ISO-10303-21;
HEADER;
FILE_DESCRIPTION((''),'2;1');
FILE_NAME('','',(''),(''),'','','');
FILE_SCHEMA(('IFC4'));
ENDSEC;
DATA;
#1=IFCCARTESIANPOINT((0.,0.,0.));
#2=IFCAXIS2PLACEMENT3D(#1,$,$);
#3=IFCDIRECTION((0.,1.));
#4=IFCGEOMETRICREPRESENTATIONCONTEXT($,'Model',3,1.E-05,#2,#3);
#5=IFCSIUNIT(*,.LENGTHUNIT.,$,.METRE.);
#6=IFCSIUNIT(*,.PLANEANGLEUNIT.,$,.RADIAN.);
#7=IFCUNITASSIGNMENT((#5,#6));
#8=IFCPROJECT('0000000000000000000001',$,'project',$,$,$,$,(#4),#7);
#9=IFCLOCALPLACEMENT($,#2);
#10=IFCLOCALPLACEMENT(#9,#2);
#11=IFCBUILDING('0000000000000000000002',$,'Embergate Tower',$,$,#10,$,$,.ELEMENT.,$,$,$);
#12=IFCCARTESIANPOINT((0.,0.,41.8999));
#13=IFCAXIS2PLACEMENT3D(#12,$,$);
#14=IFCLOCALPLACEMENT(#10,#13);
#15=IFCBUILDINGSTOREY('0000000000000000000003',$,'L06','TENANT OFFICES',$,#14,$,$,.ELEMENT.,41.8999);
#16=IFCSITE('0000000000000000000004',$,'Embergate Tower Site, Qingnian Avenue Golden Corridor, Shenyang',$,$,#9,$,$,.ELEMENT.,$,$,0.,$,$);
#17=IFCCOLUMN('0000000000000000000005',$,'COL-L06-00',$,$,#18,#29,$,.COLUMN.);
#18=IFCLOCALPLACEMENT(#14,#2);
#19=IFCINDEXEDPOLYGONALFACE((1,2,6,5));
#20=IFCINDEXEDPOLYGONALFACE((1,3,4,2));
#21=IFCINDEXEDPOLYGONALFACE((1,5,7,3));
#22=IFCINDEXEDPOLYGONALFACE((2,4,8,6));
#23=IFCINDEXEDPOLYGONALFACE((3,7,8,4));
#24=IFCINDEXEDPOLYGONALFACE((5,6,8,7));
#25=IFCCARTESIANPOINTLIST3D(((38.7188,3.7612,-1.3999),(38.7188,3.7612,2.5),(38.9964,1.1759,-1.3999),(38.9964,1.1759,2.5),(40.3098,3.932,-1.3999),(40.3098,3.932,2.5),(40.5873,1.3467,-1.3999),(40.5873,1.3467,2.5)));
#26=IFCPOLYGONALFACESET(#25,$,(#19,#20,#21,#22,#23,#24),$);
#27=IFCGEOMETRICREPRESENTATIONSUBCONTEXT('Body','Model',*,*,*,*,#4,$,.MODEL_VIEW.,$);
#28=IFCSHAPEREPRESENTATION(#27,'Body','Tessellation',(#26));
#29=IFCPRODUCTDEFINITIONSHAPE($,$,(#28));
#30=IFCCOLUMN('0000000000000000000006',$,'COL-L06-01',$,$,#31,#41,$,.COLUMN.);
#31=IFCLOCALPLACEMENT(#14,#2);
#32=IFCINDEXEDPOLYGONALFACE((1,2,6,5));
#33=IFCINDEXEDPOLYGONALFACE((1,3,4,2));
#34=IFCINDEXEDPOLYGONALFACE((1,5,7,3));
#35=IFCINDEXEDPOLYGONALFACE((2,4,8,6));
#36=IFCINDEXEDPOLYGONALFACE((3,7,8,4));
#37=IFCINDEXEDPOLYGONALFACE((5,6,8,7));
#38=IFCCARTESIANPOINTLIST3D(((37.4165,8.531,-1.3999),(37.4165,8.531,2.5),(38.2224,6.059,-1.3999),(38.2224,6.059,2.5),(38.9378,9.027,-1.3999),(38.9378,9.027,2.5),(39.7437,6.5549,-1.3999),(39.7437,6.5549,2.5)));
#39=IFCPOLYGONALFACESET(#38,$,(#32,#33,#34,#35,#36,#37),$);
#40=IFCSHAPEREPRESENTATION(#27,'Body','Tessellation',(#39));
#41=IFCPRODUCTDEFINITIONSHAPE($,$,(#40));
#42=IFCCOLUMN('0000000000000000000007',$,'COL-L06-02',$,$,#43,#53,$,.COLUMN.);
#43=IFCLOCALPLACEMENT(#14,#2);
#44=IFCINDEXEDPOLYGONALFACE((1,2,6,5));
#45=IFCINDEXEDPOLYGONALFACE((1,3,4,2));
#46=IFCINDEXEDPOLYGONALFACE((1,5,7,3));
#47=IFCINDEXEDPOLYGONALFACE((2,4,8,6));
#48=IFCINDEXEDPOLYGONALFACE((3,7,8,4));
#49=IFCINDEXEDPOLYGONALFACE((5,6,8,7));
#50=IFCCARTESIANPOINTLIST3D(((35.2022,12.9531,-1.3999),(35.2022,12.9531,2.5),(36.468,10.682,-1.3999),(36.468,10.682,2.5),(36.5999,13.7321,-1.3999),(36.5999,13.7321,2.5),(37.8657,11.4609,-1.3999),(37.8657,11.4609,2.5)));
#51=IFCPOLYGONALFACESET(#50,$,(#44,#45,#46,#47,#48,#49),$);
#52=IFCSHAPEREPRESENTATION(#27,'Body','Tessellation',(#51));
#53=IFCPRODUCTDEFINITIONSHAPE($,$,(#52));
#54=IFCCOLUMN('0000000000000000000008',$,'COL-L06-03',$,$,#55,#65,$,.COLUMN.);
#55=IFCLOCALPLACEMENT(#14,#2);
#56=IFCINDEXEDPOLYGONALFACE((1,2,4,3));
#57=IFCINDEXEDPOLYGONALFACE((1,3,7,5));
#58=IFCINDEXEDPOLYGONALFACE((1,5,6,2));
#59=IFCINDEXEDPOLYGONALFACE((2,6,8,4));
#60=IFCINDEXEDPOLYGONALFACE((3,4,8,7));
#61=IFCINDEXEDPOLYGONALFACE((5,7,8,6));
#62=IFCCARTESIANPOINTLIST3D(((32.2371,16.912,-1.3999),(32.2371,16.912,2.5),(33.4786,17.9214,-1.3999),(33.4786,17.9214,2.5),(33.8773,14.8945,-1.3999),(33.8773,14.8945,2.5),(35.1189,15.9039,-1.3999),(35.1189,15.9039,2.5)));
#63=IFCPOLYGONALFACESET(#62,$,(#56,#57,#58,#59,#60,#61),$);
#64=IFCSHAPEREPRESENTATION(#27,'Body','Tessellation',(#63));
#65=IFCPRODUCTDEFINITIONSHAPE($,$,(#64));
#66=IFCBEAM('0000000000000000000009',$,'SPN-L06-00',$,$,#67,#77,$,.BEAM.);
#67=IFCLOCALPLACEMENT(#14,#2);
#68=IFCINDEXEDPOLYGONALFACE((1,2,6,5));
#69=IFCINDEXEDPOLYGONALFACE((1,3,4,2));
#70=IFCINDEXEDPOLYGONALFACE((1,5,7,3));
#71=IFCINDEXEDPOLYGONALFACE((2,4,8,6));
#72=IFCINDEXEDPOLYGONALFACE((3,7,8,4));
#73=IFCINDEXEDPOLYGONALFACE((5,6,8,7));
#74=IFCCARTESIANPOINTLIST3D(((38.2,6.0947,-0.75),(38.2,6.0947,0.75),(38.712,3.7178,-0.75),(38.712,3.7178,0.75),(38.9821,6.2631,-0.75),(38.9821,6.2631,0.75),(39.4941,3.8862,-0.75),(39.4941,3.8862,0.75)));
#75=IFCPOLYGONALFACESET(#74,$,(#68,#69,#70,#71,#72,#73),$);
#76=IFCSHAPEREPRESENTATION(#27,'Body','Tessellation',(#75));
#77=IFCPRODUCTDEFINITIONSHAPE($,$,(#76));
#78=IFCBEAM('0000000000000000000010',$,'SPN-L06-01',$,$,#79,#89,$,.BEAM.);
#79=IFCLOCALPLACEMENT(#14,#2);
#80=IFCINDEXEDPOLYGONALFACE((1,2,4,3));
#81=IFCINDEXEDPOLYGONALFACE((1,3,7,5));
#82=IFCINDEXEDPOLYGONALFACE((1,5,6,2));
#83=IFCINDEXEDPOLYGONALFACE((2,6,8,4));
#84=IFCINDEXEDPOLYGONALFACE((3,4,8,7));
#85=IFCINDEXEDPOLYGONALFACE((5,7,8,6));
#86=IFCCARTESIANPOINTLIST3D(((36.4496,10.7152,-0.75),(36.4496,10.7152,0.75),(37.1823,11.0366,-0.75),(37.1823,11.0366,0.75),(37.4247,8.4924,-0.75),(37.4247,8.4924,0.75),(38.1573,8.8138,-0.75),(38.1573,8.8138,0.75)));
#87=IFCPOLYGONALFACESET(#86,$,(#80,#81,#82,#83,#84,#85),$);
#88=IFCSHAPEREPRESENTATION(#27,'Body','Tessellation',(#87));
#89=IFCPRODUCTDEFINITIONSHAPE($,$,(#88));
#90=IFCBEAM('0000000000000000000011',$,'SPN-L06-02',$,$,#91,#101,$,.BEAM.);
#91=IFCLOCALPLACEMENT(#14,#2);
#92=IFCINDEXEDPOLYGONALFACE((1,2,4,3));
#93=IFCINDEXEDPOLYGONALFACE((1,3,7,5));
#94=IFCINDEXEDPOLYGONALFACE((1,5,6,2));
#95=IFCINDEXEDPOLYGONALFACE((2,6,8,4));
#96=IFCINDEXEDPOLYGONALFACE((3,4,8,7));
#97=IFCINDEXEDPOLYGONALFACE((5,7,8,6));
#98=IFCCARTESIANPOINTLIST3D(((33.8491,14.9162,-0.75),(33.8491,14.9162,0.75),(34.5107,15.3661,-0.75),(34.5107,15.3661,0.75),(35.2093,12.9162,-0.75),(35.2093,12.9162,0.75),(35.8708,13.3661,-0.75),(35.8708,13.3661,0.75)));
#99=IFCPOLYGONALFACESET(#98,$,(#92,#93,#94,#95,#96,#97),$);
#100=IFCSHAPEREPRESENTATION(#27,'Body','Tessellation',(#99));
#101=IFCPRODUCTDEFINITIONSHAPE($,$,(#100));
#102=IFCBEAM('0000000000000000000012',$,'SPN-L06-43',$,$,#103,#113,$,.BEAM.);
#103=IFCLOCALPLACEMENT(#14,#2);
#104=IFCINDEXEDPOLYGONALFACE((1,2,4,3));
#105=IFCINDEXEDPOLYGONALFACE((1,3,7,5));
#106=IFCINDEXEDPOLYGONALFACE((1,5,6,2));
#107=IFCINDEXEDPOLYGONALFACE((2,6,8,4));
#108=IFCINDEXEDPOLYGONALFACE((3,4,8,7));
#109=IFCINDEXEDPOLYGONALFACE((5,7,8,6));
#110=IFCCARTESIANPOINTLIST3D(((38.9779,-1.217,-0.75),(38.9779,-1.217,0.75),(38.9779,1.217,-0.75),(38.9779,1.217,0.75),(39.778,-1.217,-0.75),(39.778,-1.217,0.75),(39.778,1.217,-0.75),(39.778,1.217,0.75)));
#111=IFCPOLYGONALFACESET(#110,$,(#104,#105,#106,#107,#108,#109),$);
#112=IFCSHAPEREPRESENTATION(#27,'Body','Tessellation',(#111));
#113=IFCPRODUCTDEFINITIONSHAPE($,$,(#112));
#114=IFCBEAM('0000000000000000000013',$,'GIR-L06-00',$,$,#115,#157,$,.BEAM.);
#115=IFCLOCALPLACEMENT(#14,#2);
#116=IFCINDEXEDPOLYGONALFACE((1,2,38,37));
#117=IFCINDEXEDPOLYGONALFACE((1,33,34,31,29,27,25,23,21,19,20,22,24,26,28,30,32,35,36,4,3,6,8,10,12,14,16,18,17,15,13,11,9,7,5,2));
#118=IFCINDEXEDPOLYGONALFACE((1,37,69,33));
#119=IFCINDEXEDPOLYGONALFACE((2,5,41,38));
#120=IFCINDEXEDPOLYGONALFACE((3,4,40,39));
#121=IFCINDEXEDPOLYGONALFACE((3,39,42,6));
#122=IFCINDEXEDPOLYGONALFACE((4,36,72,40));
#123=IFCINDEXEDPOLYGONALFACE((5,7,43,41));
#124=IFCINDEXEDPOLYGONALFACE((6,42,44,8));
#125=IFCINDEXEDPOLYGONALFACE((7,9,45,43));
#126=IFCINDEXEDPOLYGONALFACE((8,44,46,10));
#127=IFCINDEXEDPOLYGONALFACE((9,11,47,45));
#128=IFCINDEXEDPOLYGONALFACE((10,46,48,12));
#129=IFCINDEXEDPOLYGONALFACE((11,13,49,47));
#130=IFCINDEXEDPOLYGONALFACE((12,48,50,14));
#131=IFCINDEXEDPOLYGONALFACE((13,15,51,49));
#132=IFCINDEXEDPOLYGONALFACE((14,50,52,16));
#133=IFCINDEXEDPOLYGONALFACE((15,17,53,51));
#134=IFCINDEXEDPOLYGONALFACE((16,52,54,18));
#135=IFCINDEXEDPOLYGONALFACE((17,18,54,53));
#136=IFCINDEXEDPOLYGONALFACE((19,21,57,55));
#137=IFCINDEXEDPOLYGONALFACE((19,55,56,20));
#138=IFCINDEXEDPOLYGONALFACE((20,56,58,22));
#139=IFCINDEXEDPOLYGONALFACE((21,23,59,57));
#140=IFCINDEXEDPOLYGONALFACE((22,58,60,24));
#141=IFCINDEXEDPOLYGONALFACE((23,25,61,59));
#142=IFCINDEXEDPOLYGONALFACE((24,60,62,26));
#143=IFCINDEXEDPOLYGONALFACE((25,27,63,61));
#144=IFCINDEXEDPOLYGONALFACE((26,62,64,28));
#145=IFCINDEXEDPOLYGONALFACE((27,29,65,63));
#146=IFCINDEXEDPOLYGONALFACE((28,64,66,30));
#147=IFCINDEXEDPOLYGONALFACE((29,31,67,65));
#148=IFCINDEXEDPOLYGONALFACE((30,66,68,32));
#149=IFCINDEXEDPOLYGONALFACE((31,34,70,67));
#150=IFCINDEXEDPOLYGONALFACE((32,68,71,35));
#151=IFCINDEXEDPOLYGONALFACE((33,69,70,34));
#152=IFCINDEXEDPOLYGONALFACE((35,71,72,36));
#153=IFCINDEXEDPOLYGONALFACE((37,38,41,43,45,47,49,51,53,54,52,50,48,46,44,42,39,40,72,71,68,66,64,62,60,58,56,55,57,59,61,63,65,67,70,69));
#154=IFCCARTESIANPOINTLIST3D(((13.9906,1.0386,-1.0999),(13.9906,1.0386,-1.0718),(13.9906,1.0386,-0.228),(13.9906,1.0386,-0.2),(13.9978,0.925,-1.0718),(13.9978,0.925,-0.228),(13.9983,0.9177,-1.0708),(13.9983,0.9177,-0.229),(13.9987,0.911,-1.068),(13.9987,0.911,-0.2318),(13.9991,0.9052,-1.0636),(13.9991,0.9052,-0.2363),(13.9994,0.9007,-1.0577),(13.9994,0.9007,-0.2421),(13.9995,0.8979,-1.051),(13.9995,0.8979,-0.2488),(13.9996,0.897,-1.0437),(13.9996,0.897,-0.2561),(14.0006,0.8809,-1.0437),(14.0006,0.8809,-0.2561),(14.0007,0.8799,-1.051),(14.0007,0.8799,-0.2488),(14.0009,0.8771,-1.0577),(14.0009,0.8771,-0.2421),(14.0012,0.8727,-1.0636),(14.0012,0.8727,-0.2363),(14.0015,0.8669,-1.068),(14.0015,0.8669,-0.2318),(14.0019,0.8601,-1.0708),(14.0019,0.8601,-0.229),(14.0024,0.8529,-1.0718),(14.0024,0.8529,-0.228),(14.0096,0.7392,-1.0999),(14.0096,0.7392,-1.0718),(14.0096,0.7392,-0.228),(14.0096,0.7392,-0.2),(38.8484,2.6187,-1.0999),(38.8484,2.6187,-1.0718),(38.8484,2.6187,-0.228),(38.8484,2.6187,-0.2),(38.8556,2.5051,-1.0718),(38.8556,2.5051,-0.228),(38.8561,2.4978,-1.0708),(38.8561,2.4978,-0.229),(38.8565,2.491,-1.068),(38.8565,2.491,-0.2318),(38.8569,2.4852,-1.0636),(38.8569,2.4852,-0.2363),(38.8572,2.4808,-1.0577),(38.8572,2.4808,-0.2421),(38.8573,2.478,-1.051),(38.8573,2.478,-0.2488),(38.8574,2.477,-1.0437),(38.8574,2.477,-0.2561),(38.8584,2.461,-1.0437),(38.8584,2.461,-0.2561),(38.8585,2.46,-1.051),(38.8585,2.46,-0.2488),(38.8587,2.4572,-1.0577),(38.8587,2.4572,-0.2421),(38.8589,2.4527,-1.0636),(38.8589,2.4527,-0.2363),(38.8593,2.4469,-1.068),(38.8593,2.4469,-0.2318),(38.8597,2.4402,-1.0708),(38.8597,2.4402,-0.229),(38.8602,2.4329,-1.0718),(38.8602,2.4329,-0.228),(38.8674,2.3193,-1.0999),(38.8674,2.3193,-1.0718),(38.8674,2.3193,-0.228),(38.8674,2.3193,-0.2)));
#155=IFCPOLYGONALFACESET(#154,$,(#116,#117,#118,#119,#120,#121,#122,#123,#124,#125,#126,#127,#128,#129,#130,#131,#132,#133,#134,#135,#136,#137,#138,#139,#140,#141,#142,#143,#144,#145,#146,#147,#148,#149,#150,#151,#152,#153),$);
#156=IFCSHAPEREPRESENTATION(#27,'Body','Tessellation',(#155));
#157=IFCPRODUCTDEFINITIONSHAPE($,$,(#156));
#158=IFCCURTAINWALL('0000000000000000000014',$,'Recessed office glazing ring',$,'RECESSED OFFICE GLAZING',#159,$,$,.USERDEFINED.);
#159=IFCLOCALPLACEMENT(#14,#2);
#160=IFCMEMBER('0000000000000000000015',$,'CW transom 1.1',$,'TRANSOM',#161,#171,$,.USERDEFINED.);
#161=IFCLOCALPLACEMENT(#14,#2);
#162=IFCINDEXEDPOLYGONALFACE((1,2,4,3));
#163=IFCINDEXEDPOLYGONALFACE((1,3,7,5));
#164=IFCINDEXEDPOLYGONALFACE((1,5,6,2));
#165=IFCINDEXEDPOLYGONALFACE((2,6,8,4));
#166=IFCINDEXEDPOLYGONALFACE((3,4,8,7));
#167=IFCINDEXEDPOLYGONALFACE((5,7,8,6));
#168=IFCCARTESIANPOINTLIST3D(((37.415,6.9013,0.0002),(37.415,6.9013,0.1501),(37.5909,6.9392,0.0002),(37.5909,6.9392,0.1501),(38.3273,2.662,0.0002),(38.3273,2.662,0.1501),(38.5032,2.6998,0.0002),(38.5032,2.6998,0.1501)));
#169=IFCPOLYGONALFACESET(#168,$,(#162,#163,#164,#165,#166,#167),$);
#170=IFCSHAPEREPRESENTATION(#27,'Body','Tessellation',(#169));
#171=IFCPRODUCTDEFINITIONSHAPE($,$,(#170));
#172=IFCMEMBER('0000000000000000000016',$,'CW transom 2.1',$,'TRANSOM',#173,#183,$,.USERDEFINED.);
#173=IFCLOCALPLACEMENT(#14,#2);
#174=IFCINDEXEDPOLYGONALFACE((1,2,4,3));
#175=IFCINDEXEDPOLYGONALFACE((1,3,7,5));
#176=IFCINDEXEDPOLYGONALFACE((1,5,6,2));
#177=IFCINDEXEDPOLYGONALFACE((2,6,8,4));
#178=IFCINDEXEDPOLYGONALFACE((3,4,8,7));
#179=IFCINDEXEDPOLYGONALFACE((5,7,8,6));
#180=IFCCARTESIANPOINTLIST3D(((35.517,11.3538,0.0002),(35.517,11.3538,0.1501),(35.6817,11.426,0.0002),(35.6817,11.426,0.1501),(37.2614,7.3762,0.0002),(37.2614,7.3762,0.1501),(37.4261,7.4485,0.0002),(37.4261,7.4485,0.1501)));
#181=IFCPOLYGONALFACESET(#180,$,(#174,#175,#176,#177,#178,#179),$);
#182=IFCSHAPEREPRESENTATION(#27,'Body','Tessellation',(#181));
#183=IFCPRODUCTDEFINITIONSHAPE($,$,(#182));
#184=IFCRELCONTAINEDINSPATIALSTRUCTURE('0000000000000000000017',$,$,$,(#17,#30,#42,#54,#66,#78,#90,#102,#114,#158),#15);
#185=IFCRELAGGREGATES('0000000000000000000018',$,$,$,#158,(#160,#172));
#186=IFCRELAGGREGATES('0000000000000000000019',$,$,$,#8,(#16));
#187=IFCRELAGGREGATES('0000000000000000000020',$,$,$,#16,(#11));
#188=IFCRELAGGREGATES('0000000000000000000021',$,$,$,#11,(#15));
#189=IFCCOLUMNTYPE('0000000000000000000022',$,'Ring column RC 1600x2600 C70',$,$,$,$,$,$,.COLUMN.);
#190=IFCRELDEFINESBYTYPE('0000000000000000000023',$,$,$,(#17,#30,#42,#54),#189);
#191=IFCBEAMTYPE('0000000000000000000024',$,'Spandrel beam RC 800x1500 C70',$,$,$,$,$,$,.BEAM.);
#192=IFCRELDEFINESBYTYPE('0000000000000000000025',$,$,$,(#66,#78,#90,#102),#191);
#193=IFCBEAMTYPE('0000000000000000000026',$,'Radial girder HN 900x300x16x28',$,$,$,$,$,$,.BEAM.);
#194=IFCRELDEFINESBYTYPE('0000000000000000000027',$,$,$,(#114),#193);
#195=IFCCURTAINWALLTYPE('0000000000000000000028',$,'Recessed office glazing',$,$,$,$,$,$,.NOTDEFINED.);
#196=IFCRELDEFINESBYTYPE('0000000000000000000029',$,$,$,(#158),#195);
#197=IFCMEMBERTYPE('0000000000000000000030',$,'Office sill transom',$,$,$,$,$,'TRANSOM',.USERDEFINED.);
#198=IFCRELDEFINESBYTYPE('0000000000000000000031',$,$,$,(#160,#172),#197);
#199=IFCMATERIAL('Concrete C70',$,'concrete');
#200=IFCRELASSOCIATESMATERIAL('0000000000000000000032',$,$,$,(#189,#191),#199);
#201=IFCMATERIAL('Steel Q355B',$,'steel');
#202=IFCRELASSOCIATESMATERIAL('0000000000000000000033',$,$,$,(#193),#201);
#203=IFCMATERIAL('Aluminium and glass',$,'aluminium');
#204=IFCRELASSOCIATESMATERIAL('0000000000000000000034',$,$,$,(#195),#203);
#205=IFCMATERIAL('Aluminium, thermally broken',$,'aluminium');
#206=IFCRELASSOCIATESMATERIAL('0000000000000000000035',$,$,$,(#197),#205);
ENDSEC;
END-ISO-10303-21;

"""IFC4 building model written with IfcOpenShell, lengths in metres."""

from ifc_helpers import new_model, si_unit, direction, frame, origin, origin_2d, place, context, subcontext, project, spatial, rectangle, i_section, extrude, source, transform, mapped, material, material_profile, profile_set, type_object, element, aggregate, save


model = new_model("IFC4")

# Units and contexts
model_context = context("Model", 3, precision=1e-05, world=origin(), true_north=direction((0.0, 1.0)))
body_context = subcontext(model_context, "Body", "Model", "MODEL_VIEW")
ifc_project = project(units=[si_unit("LENGTHUNIT", "METRE"), si_unit("PLANEANGLEUNIT", "RADIAN")], contexts=[model_context])

# Site, building, storey
site_placement = place(None, origin())
site = spatial("IfcSite", under=ifc_project, at=site_placement, Name="Embergate Tower Site, Qingnian Avenue Golden Corridor, Shenyang", CompositionType="ELEMENT", RefElevation=0.0)
building_placement = place(site_placement, origin())
building = spatial("IfcBuilding", under=site, at=building_placement, Name="Embergate Tower", CompositionType="ELEMENT")
storey_placement = place(building_placement, frame((0.0, 0.0, 41.8999)))
storey = spatial("IfcBuildingStorey", under=building, at=storey_placement, Name="L06", Description="TENANT OFFICES", CompositionType="ELEMENT", Elevation=41.8999)

# Columns
ifc_material_1 = material(Name="Concrete C70", Category="concrete")
ifc_material_profile_1 = material_profile(ifc_material_1, rectangle(XDim=1.6001, YDim=2.6001, at=origin_2d()), Name="RC 1600x2600")
ifc_profile_set_1 = profile_set([ifc_material_profile_1], Name="Concrete C70")
column_type = type_object("IfcColumnType", Name="Ring column RC 1600x2600 C70", PredefinedType="COLUMN", material=ifc_profile_set_1)
shared_shape_1 = source(origin(), body_context, "Body", "SweptSolid", [
    extrude(rectangle(XDim=1.6001, YDim=2.6001, at=origin_2d()), origin(), (0.0, 0.0, 1.0), 3.8999),
])
for number, where, z_axis, x_axis, name in (
    (1, (39.6531, 2.554, -1.3999), (0.0, 0.0, 1.0), (0.994286, 0.10675, 0.0), "COL-L06-00"),
    (2, (38.5801, 7.543, -1.3999), (0.0, 0.0, 1.0), (0.950754, 0.309946, 0.0), "COL-L06-01"),
    (3, (36.5339, 12.207, -1.3999), (0.0, 0.0, 1.0), (0.873492, 0.486839, 0.0), "COL-L06-02"),
    (4, (33.678, 16.408, -1.3999), (0.0, 0.0, 1.0), (0.775914, 0.630838, 0.0), "COL-L06-03"),
):
    element("IfcColumn", number, at=place(storey_placement, frame(where, z_axis=z_axis, x_axis=x_axis)), inside=storey, type_object=column_type, Name=name, PredefinedType="COLUMN", context=body_context, shape_type="MappedRepresentation", body=[
        mapped(shared_shape_1, transform((0.0, 0.0, 0.0))),
    ])

# Beams
ifc_material_profile_2 = material_profile(ifc_material_1, rectangle(XDim=0.8, YDim=1.5, at=origin_2d()), Name="RC 800x1500")
ifc_profile_set_2 = profile_set([ifc_material_profile_2], Name="Concrete C70")
beam_type_1 = type_object("IfcBeamType", Name="Spandrel beam RC 800x1500 C70", PredefinedType="BEAM", material=ifc_profile_set_2)
shared_shape_2 = source(origin(), body_context, "Body", "SweptSolid", [
    extrude(rectangle(XDim=0.8, YDim=1.5, at=origin_2d()), origin(), (0.0, 0.0, 1.0), 2.4314),
])
beam_1_placement = place(storey_placement, frame((39.103, 3.802, 0.0), z_axis=(-0.210558, 0.977581, 0.0), x_axis=(-0.977581, -0.210558, 0.0)))
element("IfcBeam", 5, at=beam_1_placement, inside=storey, type_object=beam_type_1, Name="SPN-L06-00", PredefinedType="BEAM", context=body_context, shape_type="MappedRepresentation", body=[
    mapped(shared_shape_2, transform((0.0, 0.0, 0.0))),
])
shared_shape_3 = source(origin(), body_context, "Body", "SweptSolid", [
    extrude(rectangle(XDim=0.8, YDim=1.5, at=origin_2d()), origin(), (0.0, 0.0, 1.0), 2.4272),
])
beam_2_placement = place(storey_placement, frame((37.791, 8.6531, 0.0), z_axis=(-0.40171, 0.915767, 0.0), x_axis=(-0.915767, -0.40171, 0.0)))
element("IfcBeam", 6, at=beam_2_placement, inside=storey, type_object=beam_type_1, Name="SPN-L06-01", PredefinedType="BEAM", context=body_context, shape_type="MappedRepresentation", body=[
    mapped(shared_shape_3, transform((0.0, 0.0, 0.0))),
])
shared_shape_4 = source(origin(), body_context, "Body", "SweptSolid", [
    extrude(rectangle(XDim=0.8, YDim=1.5, at=origin_2d()), origin(), (0.0, 0.0, 1.0), 2.4187),
])
beam_3_placement = place(storey_placement, frame((35.54, 13.1411, 0.0), z_axis=(-0.56234, 0.826906, 0.0), x_axis=(-0.826906, -0.56234, 0.0)))
element("IfcBeam", 7, at=beam_3_placement, inside=storey, type_object=beam_type_1, Name="SPN-L06-02", PredefinedType="BEAM", context=body_context, shape_type="MappedRepresentation", body=[
    mapped(shared_shape_4, transform((0.0, 0.0, 0.0))),
])
shared_shape_5 = source(origin(), body_context, "Body", "SweptSolid", [
    extrude(rectangle(XDim=0.8, YDim=1.5, at=origin_2d()), origin(), (0.0, 0.0, 1.0), 2.4341),
])
beam_4_placement = place(storey_placement, frame((39.3779, -1.217, 0.0), z_axis=(0.0, 1.0, 0.0), x_axis=(-1.0, 0.0, 0.0)))
element("IfcBeam", 8, at=beam_4_placement, inside=storey, type_object=beam_type_1, Name="SPN-L06-43", PredefinedType="BEAM", context=body_context, shape_type="MappedRepresentation", body=[
    mapped(shared_shape_5, transform((0.0, 0.0, 0.0))),
])
ifc_material_2 = material(Name="Steel Q355B", Category="steel")
ifc_material_profile_3 = material_profile(ifc_material_2, i_section(OverallWidth=0.3, OverallDepth=0.8999, WebThickness=0.0161, FlangeThickness=0.0281, FilletRadius=0.0281, at=origin_2d()), Name="HN 900x300x16x28")
ifc_profile_set_3 = profile_set([ifc_material_profile_3], Name="Steel Q355 grade B")
beam_type_2 = type_object("IfcBeamType", Name="Radial girder HN 900x300x16x28", PredefinedType="BEAM", material=ifc_profile_set_3)
shared_shape_6 = source(origin(), body_context, "Body", "SweptSolid", [
    extrude(i_section(OverallWidth=0.3, OverallDepth=0.8999, WebThickness=0.0161, FlangeThickness=0.0281, FilletRadius=0.0281, at=origin_2d()), origin(), (0.0, 0.0, 1.0), 24.908),
])
beam_5_placement = place(storey_placement, frame((38.8579, 2.469, -0.6499), z_axis=(-0.997986, -0.063436, 0.0), x_axis=(0.063436, -0.997986, 0.0)))
element("IfcBeam", 9, at=beam_5_placement, inside=storey, type_object=beam_type_2, Name="GIR-L06-00", PredefinedType="BEAM", context=body_context, shape_type="MappedRepresentation", body=[
    mapped(shared_shape_6, transform((0.0, 0.0, 0.0))),
])

# Curtain wall, members
ifc_material_3 = material(Name="Aluminium and glass", Category="aluminium")
curtain_wall_type = type_object("IfcCurtainWallType", Name="Recessed office glazing", PredefinedType="NOTDEFINED", material=ifc_material_3)
curtain_wall_placement = place(storey_placement, origin())
curtain_wall = element("IfcCurtainWall", 10, at=curtain_wall_placement, inside=storey, type_object=curtain_wall_type, Name="Recessed office glazing ring", ObjectType="RECESSED OFFICE GLAZING", PredefinedType="USERDEFINED")
ifc_material_4 = material(Name="Aluminium, thermally broken", Category="aluminium")
ifc_material_profile_4 = material_profile(ifc_material_4, rectangle(XDim=0.1799, YDim=0.1499, at=origin_2d()), Name="AL 150x180")
ifc_profile_set_4 = profile_set([ifc_material_profile_4], Name="Aluminium, thermally broken")
member_type_1 = type_object("IfcMemberType", Name="Office sill transom", ElementType="TRANSOM", PredefinedType="USERDEFINED", material=ifc_profile_set_4)
shared_shape_7 = source(origin(), body_context, "Body", "SweptSolid", [
    extrude(rectangle(XDim=0.1799, YDim=0.1499, at=origin_2d()), origin(), (0.0, 0.0, 1.0), 4.3364),
])
member_1_placement = place(storey_placement, frame((38.4153, 2.6809, 0.0752), z_axis=(-0.210398, 0.977616, 0.0), x_axis=(-0.977616, -0.210398, 0.0)))
member_1 = element("IfcMember", 11, at=member_1_placement, type_object=member_type_1, Name="CW transom 1.1", ObjectType="TRANSOM", PredefinedType="USERDEFINED", context=body_context, shape_type="MappedRepresentation", body=[
    mapped(shared_shape_7, transform((0.0, 0.0, 0.0))),
])
shared_shape_8 = source(origin(), body_context, "Body", "SweptSolid", [
    extrude(rectangle(XDim=0.1799, YDim=0.1499, at=origin_2d()), origin(), (0.0, 0.0, 1.0), 4.3433),
])
member_2_placement = place(storey_placement, frame((37.3438, 7.4124, 0.0752), z_axis=(-0.401633, 0.915801, 0.0), x_axis=(-0.915801, -0.401633, 0.0)))
member_2 = element("IfcMember", 12, at=member_2_placement, type_object=member_type_1, Name="CW transom 2.1", ObjectType="TRANSOM", PredefinedType="USERDEFINED", context=body_context, shape_type="MappedRepresentation", body=[
    mapped(shared_shape_8, transform((0.0, 0.0, 0.0))),
])
aggregate(curtain_wall, [member_1, member_2])

save(model, "model.ifc")
